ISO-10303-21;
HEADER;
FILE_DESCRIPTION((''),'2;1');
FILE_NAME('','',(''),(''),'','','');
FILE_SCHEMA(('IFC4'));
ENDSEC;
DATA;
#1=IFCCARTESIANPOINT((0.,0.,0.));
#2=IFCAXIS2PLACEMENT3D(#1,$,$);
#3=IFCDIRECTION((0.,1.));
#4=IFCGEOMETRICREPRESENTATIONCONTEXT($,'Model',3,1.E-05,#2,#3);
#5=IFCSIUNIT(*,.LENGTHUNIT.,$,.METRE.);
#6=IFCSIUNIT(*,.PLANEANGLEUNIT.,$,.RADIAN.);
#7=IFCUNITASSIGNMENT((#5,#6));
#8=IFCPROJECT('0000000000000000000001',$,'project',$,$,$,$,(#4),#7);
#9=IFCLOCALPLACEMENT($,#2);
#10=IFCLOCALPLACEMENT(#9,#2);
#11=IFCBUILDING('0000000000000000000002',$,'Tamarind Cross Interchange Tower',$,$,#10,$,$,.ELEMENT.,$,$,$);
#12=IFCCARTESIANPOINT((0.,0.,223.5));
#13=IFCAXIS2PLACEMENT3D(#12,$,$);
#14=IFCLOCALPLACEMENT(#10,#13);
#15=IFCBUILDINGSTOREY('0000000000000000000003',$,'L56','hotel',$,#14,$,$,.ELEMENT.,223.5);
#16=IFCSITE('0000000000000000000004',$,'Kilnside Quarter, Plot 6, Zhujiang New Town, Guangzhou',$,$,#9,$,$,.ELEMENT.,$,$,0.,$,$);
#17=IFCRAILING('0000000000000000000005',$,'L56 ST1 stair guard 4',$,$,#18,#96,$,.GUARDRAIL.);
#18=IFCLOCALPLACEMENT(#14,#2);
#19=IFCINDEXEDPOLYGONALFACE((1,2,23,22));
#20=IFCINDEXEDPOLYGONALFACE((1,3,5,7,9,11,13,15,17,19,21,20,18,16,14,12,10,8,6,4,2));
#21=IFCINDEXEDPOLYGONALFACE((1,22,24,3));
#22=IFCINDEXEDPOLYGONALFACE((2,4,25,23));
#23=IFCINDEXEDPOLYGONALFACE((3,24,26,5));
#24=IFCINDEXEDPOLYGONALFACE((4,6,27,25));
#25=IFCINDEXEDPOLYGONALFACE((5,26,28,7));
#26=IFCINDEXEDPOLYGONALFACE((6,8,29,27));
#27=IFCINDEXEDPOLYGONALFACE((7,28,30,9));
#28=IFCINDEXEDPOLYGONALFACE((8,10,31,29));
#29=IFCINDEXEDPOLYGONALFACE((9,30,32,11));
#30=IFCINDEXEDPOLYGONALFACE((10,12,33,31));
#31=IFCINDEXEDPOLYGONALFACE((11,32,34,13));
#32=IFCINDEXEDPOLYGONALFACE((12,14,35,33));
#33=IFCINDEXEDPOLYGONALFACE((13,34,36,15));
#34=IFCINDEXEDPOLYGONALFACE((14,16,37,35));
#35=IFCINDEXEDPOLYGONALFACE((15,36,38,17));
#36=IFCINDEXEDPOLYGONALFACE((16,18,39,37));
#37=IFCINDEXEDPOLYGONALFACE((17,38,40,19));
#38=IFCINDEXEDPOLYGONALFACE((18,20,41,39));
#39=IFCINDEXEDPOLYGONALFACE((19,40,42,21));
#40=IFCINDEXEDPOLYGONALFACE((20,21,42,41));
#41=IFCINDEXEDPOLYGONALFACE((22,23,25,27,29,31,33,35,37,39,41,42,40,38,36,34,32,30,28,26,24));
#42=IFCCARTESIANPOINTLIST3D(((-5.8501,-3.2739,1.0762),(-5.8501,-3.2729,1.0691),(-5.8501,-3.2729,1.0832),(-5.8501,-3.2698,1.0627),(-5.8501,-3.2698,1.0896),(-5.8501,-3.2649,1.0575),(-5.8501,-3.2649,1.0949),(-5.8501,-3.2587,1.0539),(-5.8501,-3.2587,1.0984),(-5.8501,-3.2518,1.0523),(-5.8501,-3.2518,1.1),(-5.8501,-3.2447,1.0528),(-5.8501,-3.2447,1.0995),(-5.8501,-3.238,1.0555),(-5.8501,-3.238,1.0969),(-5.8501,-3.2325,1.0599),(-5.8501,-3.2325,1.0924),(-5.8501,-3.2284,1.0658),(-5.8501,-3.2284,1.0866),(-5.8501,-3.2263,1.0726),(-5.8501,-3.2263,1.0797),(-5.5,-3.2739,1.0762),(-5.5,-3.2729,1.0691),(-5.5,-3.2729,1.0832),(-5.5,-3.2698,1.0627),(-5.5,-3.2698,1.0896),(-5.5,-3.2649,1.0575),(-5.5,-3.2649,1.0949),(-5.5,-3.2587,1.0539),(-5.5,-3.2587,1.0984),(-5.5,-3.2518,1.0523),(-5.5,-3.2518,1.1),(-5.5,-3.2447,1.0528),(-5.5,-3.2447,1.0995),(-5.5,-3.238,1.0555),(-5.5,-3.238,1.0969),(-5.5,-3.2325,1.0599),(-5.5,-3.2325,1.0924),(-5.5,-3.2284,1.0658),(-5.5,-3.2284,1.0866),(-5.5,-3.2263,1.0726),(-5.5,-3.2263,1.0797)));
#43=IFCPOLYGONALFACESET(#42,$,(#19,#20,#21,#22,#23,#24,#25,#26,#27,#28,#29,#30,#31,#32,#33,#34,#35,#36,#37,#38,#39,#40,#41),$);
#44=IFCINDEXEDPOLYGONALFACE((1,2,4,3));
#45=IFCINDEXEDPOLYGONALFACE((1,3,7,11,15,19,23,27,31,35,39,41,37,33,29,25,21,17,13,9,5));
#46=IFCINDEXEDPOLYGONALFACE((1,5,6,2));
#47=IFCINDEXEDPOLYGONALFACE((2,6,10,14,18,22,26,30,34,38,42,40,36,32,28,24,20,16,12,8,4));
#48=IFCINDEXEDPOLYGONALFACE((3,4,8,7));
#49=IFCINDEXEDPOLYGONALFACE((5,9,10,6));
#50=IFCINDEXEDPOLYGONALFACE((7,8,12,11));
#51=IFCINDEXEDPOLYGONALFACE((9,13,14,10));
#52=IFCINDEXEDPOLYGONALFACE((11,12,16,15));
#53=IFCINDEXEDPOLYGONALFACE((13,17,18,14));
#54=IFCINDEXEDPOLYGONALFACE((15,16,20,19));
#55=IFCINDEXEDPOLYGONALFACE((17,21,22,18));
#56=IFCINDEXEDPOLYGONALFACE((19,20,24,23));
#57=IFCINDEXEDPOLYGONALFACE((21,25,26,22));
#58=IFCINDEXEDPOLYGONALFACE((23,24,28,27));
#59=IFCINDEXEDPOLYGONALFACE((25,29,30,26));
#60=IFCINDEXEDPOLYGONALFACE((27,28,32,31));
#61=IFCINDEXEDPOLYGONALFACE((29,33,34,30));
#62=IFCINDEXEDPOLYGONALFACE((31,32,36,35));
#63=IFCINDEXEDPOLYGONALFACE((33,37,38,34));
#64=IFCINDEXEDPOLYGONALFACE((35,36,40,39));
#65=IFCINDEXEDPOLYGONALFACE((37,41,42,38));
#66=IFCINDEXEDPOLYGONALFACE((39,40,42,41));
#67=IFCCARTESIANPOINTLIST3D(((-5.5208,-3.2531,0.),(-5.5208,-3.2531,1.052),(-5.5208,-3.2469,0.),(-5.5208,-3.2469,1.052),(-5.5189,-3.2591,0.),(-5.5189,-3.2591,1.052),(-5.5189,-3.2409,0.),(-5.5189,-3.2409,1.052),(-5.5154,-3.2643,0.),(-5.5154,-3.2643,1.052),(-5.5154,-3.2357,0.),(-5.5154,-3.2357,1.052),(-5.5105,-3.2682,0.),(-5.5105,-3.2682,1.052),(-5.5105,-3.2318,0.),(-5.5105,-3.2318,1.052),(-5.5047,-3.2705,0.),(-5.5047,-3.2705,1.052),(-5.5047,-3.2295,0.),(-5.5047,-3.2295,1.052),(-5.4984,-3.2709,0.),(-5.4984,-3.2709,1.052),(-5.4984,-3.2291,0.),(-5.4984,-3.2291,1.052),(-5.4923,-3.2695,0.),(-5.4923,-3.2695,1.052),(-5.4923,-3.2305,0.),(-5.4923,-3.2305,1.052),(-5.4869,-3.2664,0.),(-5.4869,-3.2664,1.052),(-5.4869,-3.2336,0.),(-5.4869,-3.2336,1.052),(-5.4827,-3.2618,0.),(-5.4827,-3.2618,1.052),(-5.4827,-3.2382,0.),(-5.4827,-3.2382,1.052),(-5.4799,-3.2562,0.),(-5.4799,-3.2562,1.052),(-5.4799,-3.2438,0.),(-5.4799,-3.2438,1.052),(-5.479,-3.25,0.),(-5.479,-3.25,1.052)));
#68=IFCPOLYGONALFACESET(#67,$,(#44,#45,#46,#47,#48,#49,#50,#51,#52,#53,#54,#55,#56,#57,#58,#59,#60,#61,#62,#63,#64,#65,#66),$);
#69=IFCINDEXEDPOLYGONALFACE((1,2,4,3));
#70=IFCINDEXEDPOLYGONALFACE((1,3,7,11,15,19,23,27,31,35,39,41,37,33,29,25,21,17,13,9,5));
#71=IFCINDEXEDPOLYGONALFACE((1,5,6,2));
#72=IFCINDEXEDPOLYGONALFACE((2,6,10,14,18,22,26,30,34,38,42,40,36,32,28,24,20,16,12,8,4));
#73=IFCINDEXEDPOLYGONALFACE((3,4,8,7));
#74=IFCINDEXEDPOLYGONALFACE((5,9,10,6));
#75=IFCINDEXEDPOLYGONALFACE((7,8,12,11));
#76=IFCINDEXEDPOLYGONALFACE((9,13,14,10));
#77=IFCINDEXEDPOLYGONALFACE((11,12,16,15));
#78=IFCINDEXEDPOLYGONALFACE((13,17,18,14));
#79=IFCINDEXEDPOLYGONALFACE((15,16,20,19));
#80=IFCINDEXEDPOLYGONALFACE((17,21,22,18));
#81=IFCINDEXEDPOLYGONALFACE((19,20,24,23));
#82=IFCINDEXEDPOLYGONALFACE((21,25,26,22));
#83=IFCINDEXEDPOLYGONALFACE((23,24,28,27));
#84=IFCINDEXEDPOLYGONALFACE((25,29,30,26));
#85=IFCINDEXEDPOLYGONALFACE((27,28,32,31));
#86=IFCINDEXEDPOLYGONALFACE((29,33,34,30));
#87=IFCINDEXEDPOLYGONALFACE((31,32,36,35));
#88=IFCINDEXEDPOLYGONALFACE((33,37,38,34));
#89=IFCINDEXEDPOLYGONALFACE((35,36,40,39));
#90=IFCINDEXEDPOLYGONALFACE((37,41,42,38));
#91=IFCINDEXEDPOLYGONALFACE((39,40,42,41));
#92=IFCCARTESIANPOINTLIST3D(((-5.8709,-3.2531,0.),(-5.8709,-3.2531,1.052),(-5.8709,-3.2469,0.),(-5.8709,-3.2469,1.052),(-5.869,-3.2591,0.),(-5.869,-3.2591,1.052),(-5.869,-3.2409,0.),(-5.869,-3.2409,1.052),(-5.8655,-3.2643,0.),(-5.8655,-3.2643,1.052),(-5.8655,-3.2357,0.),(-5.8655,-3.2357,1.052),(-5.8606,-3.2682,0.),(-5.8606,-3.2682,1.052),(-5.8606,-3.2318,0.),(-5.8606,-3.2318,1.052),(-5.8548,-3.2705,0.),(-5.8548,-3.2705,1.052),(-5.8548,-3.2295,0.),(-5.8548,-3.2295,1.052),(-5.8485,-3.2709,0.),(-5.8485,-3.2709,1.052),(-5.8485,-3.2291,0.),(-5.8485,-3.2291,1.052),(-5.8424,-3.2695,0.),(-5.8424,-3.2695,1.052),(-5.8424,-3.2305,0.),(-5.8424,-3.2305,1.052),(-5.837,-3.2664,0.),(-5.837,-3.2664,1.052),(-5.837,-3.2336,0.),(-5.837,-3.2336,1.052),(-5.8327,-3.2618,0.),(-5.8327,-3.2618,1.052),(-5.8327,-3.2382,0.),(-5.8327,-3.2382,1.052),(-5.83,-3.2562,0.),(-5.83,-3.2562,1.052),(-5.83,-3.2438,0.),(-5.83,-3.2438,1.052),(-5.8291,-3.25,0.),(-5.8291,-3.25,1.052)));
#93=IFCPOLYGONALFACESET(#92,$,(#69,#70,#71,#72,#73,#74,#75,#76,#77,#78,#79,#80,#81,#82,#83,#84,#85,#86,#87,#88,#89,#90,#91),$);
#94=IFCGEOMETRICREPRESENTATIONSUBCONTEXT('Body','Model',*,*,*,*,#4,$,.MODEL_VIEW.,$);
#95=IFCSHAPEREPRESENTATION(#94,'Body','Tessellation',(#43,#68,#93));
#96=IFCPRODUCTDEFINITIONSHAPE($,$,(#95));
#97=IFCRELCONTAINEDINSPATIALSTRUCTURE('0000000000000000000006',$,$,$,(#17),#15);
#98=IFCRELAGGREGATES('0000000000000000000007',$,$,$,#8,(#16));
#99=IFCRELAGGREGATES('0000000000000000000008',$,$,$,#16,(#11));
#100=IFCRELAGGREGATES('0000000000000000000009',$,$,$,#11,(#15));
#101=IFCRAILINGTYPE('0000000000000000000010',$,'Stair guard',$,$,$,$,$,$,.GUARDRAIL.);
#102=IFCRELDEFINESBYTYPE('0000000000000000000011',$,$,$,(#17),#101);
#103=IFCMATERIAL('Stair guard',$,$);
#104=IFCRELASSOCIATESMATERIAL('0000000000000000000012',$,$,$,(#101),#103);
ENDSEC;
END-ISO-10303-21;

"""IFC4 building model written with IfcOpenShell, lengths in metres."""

from ifc_helpers import new_model, si_unit, direction, frame, origin, origin_2d, place, context, subcontext, project, spatial, circle, extrude, material, type_object, element, save


model = new_model("IFC4")

# Units and contexts
model_context = context("Model", 3, precision=1e-05, world=origin(), true_north=direction((0.0, 1.0)))
body_context = subcontext(model_context, "Body", "Model", "MODEL_VIEW")
ifc_project = project(units=[si_unit("LENGTHUNIT", "METRE"), si_unit("PLANEANGLEUNIT", "RADIAN")], contexts=[model_context])

# Site, building, storey
site_placement = place(None, origin())
site = spatial("IfcSite", under=ifc_project, at=site_placement, Name="Kilnside Quarter, Plot 6, Zhujiang New Town, Guangzhou", CompositionType="ELEMENT", RefElevation=0.0)
building_placement = place(site_placement, origin())
building = spatial("IfcBuilding", under=site, at=building_placement, Name="Tamarind Cross Interchange Tower", CompositionType="ELEMENT")
storey_placement = place(building_placement, frame((0.0, 0.0, 223.5)))
storey = spatial("IfcBuildingStorey", under=building, at=storey_placement, Name="L56", Description="hotel", CompositionType="ELEMENT", Elevation=223.5)

# Railing
ifc_material_1 = material(Name="Stair guard")
railing_type_1 = type_object("IfcRailingType", Name="Stair guard", PredefinedType="GUARDRAIL", material=ifc_material_1)
railing_1_placement = place(storey_placement, frame((-5.5, -3.25, 0.0)))
element("IfcRailing", 1, at=railing_1_placement, inside=storey, type_object=railing_type_1, Name="L56 ST1 stair guard 4", PredefinedType="GUARDRAIL", context=body_context, shape_type="SweptSolid", body=[
    extrude(circle(Radius=0.0239, at=origin_2d()), frame((0.0, 0.0, 1.0762), z_axis=(-1.0, 0.0, 0.0), x_axis=(0.0, -1.0, 0.0)), (0.0, 0.0, 1.0), 0.3501),
    extrude(circle(Radius=0.021, at=origin_2d()), origin(), (0.0, 0.0, 1.0), 1.052),
    extrude(circle(Radius=0.021, at=origin_2d()), frame((-0.3501, 0.0, 0.0)), (0.0, 0.0, 1.0), 1.052),
])

save(model, "model.ifc")
